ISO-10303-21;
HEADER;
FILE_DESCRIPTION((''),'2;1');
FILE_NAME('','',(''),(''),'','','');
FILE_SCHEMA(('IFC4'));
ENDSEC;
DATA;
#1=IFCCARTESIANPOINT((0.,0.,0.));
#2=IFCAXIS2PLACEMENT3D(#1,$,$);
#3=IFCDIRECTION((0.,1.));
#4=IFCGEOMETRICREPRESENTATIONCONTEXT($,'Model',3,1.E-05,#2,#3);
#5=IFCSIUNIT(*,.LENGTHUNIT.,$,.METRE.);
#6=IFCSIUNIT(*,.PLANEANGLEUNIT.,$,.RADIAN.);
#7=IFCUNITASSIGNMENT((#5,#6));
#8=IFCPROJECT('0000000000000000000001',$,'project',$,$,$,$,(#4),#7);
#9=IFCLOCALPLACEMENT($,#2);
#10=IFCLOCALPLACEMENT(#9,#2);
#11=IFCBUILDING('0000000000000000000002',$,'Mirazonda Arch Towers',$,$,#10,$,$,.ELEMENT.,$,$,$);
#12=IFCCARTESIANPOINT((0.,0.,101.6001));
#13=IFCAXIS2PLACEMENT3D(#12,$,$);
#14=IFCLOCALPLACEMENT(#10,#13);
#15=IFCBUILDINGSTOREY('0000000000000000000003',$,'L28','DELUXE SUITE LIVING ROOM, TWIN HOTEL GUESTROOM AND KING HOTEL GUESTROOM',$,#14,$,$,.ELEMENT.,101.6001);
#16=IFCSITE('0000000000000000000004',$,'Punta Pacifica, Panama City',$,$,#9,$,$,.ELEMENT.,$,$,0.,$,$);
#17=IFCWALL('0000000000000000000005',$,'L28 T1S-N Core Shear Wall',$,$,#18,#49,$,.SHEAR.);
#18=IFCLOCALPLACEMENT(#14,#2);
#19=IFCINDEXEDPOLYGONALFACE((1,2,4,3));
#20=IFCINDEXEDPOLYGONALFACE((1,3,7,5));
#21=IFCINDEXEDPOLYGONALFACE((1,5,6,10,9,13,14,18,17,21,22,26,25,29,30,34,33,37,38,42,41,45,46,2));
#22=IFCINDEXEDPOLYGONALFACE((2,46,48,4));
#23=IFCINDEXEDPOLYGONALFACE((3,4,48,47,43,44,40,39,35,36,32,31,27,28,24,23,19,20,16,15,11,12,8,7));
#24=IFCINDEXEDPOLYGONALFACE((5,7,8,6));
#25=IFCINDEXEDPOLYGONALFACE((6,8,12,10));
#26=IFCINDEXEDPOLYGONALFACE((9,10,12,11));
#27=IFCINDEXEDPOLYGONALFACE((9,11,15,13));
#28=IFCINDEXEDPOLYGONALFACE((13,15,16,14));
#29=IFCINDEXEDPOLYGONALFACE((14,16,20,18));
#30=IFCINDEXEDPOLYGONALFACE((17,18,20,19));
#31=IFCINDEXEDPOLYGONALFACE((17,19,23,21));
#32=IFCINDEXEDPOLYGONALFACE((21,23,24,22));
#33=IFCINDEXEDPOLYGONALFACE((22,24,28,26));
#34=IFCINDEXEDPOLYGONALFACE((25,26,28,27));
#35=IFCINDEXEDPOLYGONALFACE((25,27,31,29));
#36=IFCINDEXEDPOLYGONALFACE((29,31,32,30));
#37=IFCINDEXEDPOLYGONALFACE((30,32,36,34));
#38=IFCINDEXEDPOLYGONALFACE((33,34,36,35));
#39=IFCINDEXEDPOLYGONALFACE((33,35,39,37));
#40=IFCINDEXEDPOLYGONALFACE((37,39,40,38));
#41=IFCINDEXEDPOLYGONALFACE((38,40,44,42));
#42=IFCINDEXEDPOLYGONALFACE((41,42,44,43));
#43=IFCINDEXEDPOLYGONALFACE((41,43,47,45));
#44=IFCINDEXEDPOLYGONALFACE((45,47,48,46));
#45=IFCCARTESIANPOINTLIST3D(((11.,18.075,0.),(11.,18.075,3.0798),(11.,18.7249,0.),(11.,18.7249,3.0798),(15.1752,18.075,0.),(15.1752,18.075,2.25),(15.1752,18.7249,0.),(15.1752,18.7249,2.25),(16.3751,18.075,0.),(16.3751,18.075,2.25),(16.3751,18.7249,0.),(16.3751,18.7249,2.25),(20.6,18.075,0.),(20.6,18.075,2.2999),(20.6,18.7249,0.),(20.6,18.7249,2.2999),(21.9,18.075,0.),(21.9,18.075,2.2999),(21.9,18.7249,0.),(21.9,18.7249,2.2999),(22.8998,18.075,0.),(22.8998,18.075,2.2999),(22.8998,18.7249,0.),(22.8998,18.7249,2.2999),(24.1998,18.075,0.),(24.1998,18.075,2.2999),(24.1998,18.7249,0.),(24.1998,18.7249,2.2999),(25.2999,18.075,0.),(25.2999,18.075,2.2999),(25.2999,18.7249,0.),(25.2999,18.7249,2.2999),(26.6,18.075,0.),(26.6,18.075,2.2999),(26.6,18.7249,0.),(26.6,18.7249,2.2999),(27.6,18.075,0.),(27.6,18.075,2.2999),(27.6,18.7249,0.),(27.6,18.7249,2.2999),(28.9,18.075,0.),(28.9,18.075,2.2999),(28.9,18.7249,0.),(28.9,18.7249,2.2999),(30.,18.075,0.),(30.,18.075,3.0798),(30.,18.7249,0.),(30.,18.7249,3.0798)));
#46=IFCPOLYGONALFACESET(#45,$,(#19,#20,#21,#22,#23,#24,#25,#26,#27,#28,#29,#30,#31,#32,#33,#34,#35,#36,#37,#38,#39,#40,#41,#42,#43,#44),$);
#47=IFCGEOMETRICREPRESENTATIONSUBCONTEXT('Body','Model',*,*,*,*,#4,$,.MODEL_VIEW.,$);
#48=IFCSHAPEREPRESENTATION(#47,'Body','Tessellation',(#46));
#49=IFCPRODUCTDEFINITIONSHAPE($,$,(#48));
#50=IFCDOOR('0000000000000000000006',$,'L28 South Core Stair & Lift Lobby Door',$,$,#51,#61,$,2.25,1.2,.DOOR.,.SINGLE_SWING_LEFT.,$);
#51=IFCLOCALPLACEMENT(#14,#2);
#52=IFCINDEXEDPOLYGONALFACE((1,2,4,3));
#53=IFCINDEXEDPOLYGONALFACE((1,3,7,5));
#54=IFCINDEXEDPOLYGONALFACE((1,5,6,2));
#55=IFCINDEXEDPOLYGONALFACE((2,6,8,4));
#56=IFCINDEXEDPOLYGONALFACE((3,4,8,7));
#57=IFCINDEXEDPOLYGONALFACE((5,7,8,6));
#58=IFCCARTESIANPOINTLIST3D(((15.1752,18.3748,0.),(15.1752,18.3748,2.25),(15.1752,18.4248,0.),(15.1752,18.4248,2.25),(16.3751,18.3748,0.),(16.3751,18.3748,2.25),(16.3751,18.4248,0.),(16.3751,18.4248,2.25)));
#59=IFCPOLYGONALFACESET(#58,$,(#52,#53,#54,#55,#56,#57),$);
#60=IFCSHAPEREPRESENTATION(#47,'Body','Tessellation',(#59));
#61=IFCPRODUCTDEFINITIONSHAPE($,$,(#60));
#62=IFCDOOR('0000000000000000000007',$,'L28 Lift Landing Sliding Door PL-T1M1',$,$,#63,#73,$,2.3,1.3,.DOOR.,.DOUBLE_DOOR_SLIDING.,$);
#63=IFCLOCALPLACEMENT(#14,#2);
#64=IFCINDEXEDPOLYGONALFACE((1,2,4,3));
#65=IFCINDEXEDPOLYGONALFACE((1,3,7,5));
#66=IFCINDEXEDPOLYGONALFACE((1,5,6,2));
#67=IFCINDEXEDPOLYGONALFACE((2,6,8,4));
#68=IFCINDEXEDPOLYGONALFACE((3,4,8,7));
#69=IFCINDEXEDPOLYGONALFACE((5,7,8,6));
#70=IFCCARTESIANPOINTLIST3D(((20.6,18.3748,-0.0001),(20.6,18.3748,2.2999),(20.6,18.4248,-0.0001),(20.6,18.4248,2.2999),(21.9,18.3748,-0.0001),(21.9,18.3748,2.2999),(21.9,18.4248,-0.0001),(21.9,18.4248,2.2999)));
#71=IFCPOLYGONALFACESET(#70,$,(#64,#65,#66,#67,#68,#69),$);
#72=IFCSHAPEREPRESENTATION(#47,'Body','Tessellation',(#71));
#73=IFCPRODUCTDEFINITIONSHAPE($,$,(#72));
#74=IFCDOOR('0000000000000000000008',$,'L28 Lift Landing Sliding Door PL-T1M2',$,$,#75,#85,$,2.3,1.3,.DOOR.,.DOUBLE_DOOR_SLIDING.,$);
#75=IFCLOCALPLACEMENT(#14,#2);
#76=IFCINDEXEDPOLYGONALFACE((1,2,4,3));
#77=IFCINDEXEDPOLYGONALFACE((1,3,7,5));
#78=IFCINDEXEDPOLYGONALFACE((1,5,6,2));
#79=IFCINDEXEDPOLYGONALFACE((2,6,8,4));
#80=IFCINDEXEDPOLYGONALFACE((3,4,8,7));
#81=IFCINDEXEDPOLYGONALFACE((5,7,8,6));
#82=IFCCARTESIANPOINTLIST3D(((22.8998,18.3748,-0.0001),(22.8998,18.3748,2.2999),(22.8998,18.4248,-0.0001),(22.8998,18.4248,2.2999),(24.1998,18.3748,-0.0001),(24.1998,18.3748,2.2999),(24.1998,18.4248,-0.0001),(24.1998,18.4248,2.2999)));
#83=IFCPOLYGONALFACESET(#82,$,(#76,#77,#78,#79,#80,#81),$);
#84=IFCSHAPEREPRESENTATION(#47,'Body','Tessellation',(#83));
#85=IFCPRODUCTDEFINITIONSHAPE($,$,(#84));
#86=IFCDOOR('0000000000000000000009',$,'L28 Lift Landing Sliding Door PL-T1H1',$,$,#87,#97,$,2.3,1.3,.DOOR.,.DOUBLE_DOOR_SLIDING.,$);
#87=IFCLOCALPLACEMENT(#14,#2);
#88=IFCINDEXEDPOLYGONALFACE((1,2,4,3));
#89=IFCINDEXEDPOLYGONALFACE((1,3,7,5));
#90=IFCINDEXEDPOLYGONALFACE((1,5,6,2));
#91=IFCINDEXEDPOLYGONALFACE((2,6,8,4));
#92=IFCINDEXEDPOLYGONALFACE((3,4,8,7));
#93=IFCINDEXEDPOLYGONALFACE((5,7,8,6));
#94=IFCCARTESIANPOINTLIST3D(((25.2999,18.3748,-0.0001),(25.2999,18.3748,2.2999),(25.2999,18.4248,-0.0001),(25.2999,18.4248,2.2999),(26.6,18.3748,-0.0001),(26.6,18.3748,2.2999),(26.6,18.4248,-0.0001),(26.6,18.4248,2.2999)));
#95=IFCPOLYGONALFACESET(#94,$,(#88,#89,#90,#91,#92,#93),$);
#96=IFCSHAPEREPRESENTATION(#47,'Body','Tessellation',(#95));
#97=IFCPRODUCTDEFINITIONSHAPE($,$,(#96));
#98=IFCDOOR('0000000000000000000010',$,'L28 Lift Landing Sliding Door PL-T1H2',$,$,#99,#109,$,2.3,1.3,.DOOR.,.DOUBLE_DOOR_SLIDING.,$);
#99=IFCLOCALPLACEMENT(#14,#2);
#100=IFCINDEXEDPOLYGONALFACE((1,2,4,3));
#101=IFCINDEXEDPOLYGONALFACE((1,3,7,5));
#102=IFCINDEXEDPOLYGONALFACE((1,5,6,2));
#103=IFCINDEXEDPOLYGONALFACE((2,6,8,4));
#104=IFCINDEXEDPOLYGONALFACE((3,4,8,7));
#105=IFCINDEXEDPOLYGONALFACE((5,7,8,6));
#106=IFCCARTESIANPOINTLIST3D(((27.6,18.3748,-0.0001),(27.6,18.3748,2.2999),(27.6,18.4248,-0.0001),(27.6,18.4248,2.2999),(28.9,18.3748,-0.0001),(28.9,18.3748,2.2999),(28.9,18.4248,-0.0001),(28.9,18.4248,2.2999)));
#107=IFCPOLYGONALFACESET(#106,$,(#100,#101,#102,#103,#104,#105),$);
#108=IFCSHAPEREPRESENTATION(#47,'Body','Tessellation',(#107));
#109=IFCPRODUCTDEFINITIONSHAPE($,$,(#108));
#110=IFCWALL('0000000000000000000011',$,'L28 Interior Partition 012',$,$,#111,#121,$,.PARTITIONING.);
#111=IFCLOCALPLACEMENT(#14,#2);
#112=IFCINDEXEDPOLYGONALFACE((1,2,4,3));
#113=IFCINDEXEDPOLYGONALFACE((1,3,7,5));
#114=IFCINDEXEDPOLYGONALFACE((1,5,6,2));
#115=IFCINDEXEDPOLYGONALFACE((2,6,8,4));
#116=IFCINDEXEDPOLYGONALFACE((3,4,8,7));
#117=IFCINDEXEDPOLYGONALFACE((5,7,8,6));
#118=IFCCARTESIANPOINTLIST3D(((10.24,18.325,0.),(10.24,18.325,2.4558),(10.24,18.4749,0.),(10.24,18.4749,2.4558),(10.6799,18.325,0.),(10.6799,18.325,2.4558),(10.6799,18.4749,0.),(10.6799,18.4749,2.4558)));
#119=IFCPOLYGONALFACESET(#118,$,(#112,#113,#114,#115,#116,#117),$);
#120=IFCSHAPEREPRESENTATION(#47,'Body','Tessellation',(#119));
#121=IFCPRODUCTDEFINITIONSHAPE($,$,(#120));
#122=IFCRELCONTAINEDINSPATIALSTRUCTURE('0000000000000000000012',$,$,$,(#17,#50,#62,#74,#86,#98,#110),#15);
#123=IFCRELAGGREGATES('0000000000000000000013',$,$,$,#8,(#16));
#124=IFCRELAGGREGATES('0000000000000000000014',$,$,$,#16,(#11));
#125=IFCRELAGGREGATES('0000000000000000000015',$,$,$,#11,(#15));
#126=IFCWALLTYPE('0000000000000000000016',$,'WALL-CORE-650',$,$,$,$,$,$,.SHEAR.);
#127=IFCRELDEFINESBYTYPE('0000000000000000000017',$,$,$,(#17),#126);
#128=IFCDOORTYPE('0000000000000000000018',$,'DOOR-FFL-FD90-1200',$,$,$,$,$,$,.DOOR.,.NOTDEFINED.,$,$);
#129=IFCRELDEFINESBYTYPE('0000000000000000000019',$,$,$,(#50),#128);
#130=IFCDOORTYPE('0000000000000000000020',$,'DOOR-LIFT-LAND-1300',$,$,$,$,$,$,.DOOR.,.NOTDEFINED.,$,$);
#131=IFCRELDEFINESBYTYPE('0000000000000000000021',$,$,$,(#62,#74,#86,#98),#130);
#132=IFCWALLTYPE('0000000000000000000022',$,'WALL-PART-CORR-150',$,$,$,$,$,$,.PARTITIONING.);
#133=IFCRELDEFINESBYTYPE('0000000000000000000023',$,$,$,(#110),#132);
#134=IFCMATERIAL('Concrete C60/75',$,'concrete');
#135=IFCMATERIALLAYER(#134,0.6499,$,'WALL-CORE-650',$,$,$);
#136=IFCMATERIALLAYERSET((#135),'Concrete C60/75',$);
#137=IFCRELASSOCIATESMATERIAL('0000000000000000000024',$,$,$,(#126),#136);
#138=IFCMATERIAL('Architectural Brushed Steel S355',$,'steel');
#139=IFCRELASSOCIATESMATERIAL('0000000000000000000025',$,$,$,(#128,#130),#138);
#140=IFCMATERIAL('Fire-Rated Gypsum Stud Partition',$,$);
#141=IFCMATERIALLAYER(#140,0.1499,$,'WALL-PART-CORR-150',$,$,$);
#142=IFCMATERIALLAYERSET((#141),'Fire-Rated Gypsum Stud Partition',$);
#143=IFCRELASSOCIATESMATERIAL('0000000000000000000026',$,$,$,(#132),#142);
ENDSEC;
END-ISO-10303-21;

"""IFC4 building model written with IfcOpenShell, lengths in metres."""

from ifc_helpers import new_model, si_unit, direction, frame, frame_2d, origin, place, context, subcontext, project, spatial, rectangle, extrude, material, layer, layer_set, type_object, element, fill, save


model = new_model("IFC4")

# Units and contexts
model_context = context("Model", 3, precision=1e-05, world=origin(), true_north=direction((0.0, 1.0)))
body_context = subcontext(model_context, "Body", "Model", "MODEL_VIEW")
ifc_project = project(units=[si_unit("LENGTHUNIT", "METRE"), si_unit("PLANEANGLEUNIT", "RADIAN")], contexts=[model_context])

# Site, building, storey
site_placement = place(None, origin())
site = spatial("IfcSite", under=ifc_project, at=site_placement, Name="Punta Pacifica, Panama City", CompositionType="ELEMENT", RefElevation=0.0)
building_placement = place(site_placement, origin())
building = spatial("IfcBuilding", under=site, at=building_placement, Name="Mirazonda Arch Towers", CompositionType="ELEMENT")
storey_placement = place(building_placement, frame((0.0, 0.0, 101.6001)))
storey = spatial("IfcBuildingStorey", under=building, at=storey_placement, Name="L28", Description="DELUXE SUITE LIVING ROOM, TWIN HOTEL GUESTROOM AND KING HOTEL GUESTROOM", CompositionType="ELEMENT", Elevation=101.6001)

# Shared definitions
ifc_material_1 = material(Name="Architectural Brushed Steel S355", Category="steel")

# Wall, openings, doors
ifc_material_2 = material(Name="Concrete C60/75", Category="concrete")
ifc_layer_1 = layer(ifc_material_2, 0.6499, Name="WALL-CORE-650")
ifc_layer_set_1 = layer_set([ifc_layer_1], Name="Concrete C60/75")
wall_type_1 = type_object("IfcWallType", Name="WALL-CORE-650", PredefinedType="SHEAR", material=ifc_layer_set_1)
wall_1_placement = place(storey_placement, frame((11.0, 18.3999, 0.0), z_axis=(0.0, 0.0, 1.0), x_axis=(1.0, 0.0, 0.0)))
wall_1 = element("IfcWall", 1, at=wall_1_placement, inside=storey, type_object=wall_type_1, Name="L28 T1S-N Core Shear Wall", PredefinedType="SHEAR", context=body_context, shape_type="SweptSolid", body=[
    extrude(rectangle(XDim=19.0, YDim=0.6499, at=frame_2d((9.5, 0.0))), origin(), (0.0, 0.0, 1.0), 3.0798),
])
opening_1_placement = place(wall_1_placement, frame((4.175, 0.0, 0.0)))
opening_1 = element("IfcOpeningElement", 2, at=opening_1_placement, cuts=wall_1, PredefinedType="OPENING", context=body_context, shape_type="SweptSolid", body=[
    extrude(rectangle(XDim=1.2, YDim=2.25, at=frame_2d((0.6001, 1.125))), frame((0.0, 0.335, 0.0), z_axis=(0.0, -1.0, 0.0), x_axis=(1.0, 0.0, 0.0)), (0.0, 0.0, 1.0), 0.6699),
])
opening_2_placement = place(wall_1_placement, frame((9.6001, 0.0, 0.0)))
opening_2 = element("IfcOpeningElement", 3, at=opening_2_placement, cuts=wall_1, PredefinedType="OPENING", context=body_context, shape_type="SweptSolid", body=[
    extrude(rectangle(XDim=1.3, YDim=2.3, at=frame_2d((0.6499, 1.1499))), frame((0.0, 0.335, 0.0), z_axis=(0.0, -1.0, 0.0), x_axis=(1.0, 0.0, 0.0)), (0.0, 0.0, 1.0), 0.6699),
])
opening_3_placement = place(wall_1_placement, frame((11.8999, 0.0, 0.0)))
opening_3 = element("IfcOpeningElement", 4, at=opening_3_placement, cuts=wall_1, PredefinedType="OPENING", context=body_context, shape_type="SweptSolid", body=[
    extrude(rectangle(XDim=1.3, YDim=2.3, at=frame_2d((0.6499, 1.1499))), frame((0.0, 0.335, 0.0), z_axis=(0.0, -1.0, 0.0), x_axis=(1.0, 0.0, 0.0)), (0.0, 0.0, 1.0), 0.6699),
])
opening_4_placement = place(wall_1_placement, frame((14.3, 0.0, 0.0)))
opening_4 = element("IfcOpeningElement", 5, at=opening_4_placement, cuts=wall_1, PredefinedType="OPENING", context=body_context, shape_type="SweptSolid", body=[
    extrude(rectangle(XDim=1.3, YDim=2.3, at=frame_2d((0.6499, 1.1499))), frame((0.0, 0.335, 0.0), z_axis=(0.0, -1.0, 0.0), x_axis=(1.0, 0.0, 0.0)), (0.0, 0.0, 1.0), 0.6699),
])
opening_5_placement = place(wall_1_placement, frame((16.6001, 0.0, 0.0)))
opening_5 = element("IfcOpeningElement", 6, at=opening_5_placement, cuts=wall_1, PredefinedType="OPENING", context=body_context, shape_type="SweptSolid", body=[
    extrude(rectangle(XDim=1.3, YDim=2.3, at=frame_2d((0.6499, 1.1499))), frame((0.0, 0.335, 0.0), z_axis=(0.0, -1.0, 0.0), x_axis=(1.0, 0.0, 0.0)), (0.0, 0.0, 1.0), 0.6699),
])
door_type_1 = type_object("IfcDoorType", Name="DOOR-FFL-FD90-1200", OperationType="NOTDEFINED", PredefinedType="DOOR", material=ifc_material_1)
door_1_placement = place(opening_1_placement, origin())
door_1 = element("IfcDoor", 7, at=door_1_placement, inside=storey, type_object=door_type_1, Name="L28 South Core Stair & Lift Lobby Door", OperationType="SINGLE_SWING_LEFT", OverallHeight=2.25, OverallWidth=1.2, PredefinedType="DOOR", context=body_context, shape_type="SweptSolid", body=[
    extrude(rectangle(XDim=1.2, YDim=2.25, at=frame_2d((0.6001, 1.125))), frame((0.0, 0.0249, 0.0), z_axis=(0.0, -1.0, 0.0), x_axis=(1.0, 0.0, 0.0)), (0.0, 0.0, 1.0), 0.05),
])
fill(opening_1, door_1)
door_type_2 = type_object("IfcDoorType", Name="DOOR-LIFT-LAND-1300", OperationType="NOTDEFINED", PredefinedType="DOOR", material=ifc_material_1)
door_2_placement = place(opening_2_placement, origin())
door_2 = element("IfcDoor", 8, at=door_2_placement, inside=storey, type_object=door_type_2, Name="L28 Lift Landing Sliding Door PL-T1M1", OperationType="DOUBLE_DOOR_SLIDING", OverallHeight=2.3, OverallWidth=1.3, PredefinedType="DOOR", context=body_context, shape_type="SweptSolid", body=[
    extrude(rectangle(XDim=1.3, YDim=2.3, at=frame_2d((0.6499, 1.1499))), frame((0.0, 0.0249, 0.0), z_axis=(0.0, -1.0, 0.0), x_axis=(1.0, 0.0, 0.0)), (0.0, 0.0, 1.0), 0.05),
])
fill(opening_2, door_2)
door_3_placement = place(opening_3_placement, origin())
door_3 = element("IfcDoor", 9, at=door_3_placement, inside=storey, type_object=door_type_2, Name="L28 Lift Landing Sliding Door PL-T1M2", OperationType="DOUBLE_DOOR_SLIDING", OverallHeight=2.3, OverallWidth=1.3, PredefinedType="DOOR", context=body_context, shape_type="SweptSolid", body=[
    extrude(rectangle(XDim=1.3, YDim=2.3, at=frame_2d((0.6499, 1.1499))), frame((0.0, 0.0249, 0.0), z_axis=(0.0, -1.0, 0.0), x_axis=(1.0, 0.0, 0.0)), (0.0, 0.0, 1.0), 0.05),
])
fill(opening_3, door_3)
door_4_placement = place(opening_4_placement, origin())
door_4 = element("IfcDoor", 10, at=door_4_placement, inside=storey, type_object=door_type_2, Name="L28 Lift Landing Sliding Door PL-T1H1", OperationType="DOUBLE_DOOR_SLIDING", OverallHeight=2.3, OverallWidth=1.3, PredefinedType="DOOR", context=body_context, shape_type="SweptSolid", body=[
    extrude(rectangle(XDim=1.3, YDim=2.3, at=frame_2d((0.6499, 1.1499))), frame((0.0, 0.0249, 0.0), z_axis=(0.0, -1.0, 0.0), x_axis=(1.0, 0.0, 0.0)), (0.0, 0.0, 1.0), 0.05),
])
fill(opening_4, door_4)
door_5_placement = place(opening_5_placement, origin())
door_5 = element("IfcDoor", 11, at=door_5_placement, inside=storey, type_object=door_type_2, Name="L28 Lift Landing Sliding Door PL-T1H2", OperationType="DOUBLE_DOOR_SLIDING", OverallHeight=2.3, OverallWidth=1.3, PredefinedType="DOOR", context=body_context, shape_type="SweptSolid", body=[
    extrude(rectangle(XDim=1.3, YDim=2.3, at=frame_2d((0.6499, 1.1499))), frame((0.0, 0.0249, 0.0), z_axis=(0.0, -1.0, 0.0), x_axis=(1.0, 0.0, 0.0)), (0.0, 0.0, 1.0), 0.05),
])
fill(opening_5, door_5)

# Wall
ifc_material_3 = material(Name="Fire-Rated Gypsum Stud Partition")
ifc_layer_2 = layer(ifc_material_3, 0.1499, Name="WALL-PART-CORR-150")
ifc_layer_set_2 = layer_set([ifc_layer_2], Name="Fire-Rated Gypsum Stud Partition")
wall_type_2 = type_object("IfcWallType", Name="WALL-PART-CORR-150", PredefinedType="PARTITIONING", material=ifc_layer_set_2)
wall_2_placement = place(storey_placement, frame((10.24, 18.3999, 0.0), z_axis=(0.0, 0.0, 1.0), x_axis=(1.0, 0.0, 0.0)))
element("IfcWall", 12, at=wall_2_placement, inside=storey, type_object=wall_type_2, Name="L28 Interior Partition 012", PredefinedType="PARTITIONING", context=body_context, shape_type="SweptSolid", body=[
    extrude(rectangle(XDim=0.4399, YDim=0.1499, at=frame_2d((0.22, 0.0))), origin(), (0.0, 0.0, 1.0), 2.4558),
])

save(model, "model.ifc")
